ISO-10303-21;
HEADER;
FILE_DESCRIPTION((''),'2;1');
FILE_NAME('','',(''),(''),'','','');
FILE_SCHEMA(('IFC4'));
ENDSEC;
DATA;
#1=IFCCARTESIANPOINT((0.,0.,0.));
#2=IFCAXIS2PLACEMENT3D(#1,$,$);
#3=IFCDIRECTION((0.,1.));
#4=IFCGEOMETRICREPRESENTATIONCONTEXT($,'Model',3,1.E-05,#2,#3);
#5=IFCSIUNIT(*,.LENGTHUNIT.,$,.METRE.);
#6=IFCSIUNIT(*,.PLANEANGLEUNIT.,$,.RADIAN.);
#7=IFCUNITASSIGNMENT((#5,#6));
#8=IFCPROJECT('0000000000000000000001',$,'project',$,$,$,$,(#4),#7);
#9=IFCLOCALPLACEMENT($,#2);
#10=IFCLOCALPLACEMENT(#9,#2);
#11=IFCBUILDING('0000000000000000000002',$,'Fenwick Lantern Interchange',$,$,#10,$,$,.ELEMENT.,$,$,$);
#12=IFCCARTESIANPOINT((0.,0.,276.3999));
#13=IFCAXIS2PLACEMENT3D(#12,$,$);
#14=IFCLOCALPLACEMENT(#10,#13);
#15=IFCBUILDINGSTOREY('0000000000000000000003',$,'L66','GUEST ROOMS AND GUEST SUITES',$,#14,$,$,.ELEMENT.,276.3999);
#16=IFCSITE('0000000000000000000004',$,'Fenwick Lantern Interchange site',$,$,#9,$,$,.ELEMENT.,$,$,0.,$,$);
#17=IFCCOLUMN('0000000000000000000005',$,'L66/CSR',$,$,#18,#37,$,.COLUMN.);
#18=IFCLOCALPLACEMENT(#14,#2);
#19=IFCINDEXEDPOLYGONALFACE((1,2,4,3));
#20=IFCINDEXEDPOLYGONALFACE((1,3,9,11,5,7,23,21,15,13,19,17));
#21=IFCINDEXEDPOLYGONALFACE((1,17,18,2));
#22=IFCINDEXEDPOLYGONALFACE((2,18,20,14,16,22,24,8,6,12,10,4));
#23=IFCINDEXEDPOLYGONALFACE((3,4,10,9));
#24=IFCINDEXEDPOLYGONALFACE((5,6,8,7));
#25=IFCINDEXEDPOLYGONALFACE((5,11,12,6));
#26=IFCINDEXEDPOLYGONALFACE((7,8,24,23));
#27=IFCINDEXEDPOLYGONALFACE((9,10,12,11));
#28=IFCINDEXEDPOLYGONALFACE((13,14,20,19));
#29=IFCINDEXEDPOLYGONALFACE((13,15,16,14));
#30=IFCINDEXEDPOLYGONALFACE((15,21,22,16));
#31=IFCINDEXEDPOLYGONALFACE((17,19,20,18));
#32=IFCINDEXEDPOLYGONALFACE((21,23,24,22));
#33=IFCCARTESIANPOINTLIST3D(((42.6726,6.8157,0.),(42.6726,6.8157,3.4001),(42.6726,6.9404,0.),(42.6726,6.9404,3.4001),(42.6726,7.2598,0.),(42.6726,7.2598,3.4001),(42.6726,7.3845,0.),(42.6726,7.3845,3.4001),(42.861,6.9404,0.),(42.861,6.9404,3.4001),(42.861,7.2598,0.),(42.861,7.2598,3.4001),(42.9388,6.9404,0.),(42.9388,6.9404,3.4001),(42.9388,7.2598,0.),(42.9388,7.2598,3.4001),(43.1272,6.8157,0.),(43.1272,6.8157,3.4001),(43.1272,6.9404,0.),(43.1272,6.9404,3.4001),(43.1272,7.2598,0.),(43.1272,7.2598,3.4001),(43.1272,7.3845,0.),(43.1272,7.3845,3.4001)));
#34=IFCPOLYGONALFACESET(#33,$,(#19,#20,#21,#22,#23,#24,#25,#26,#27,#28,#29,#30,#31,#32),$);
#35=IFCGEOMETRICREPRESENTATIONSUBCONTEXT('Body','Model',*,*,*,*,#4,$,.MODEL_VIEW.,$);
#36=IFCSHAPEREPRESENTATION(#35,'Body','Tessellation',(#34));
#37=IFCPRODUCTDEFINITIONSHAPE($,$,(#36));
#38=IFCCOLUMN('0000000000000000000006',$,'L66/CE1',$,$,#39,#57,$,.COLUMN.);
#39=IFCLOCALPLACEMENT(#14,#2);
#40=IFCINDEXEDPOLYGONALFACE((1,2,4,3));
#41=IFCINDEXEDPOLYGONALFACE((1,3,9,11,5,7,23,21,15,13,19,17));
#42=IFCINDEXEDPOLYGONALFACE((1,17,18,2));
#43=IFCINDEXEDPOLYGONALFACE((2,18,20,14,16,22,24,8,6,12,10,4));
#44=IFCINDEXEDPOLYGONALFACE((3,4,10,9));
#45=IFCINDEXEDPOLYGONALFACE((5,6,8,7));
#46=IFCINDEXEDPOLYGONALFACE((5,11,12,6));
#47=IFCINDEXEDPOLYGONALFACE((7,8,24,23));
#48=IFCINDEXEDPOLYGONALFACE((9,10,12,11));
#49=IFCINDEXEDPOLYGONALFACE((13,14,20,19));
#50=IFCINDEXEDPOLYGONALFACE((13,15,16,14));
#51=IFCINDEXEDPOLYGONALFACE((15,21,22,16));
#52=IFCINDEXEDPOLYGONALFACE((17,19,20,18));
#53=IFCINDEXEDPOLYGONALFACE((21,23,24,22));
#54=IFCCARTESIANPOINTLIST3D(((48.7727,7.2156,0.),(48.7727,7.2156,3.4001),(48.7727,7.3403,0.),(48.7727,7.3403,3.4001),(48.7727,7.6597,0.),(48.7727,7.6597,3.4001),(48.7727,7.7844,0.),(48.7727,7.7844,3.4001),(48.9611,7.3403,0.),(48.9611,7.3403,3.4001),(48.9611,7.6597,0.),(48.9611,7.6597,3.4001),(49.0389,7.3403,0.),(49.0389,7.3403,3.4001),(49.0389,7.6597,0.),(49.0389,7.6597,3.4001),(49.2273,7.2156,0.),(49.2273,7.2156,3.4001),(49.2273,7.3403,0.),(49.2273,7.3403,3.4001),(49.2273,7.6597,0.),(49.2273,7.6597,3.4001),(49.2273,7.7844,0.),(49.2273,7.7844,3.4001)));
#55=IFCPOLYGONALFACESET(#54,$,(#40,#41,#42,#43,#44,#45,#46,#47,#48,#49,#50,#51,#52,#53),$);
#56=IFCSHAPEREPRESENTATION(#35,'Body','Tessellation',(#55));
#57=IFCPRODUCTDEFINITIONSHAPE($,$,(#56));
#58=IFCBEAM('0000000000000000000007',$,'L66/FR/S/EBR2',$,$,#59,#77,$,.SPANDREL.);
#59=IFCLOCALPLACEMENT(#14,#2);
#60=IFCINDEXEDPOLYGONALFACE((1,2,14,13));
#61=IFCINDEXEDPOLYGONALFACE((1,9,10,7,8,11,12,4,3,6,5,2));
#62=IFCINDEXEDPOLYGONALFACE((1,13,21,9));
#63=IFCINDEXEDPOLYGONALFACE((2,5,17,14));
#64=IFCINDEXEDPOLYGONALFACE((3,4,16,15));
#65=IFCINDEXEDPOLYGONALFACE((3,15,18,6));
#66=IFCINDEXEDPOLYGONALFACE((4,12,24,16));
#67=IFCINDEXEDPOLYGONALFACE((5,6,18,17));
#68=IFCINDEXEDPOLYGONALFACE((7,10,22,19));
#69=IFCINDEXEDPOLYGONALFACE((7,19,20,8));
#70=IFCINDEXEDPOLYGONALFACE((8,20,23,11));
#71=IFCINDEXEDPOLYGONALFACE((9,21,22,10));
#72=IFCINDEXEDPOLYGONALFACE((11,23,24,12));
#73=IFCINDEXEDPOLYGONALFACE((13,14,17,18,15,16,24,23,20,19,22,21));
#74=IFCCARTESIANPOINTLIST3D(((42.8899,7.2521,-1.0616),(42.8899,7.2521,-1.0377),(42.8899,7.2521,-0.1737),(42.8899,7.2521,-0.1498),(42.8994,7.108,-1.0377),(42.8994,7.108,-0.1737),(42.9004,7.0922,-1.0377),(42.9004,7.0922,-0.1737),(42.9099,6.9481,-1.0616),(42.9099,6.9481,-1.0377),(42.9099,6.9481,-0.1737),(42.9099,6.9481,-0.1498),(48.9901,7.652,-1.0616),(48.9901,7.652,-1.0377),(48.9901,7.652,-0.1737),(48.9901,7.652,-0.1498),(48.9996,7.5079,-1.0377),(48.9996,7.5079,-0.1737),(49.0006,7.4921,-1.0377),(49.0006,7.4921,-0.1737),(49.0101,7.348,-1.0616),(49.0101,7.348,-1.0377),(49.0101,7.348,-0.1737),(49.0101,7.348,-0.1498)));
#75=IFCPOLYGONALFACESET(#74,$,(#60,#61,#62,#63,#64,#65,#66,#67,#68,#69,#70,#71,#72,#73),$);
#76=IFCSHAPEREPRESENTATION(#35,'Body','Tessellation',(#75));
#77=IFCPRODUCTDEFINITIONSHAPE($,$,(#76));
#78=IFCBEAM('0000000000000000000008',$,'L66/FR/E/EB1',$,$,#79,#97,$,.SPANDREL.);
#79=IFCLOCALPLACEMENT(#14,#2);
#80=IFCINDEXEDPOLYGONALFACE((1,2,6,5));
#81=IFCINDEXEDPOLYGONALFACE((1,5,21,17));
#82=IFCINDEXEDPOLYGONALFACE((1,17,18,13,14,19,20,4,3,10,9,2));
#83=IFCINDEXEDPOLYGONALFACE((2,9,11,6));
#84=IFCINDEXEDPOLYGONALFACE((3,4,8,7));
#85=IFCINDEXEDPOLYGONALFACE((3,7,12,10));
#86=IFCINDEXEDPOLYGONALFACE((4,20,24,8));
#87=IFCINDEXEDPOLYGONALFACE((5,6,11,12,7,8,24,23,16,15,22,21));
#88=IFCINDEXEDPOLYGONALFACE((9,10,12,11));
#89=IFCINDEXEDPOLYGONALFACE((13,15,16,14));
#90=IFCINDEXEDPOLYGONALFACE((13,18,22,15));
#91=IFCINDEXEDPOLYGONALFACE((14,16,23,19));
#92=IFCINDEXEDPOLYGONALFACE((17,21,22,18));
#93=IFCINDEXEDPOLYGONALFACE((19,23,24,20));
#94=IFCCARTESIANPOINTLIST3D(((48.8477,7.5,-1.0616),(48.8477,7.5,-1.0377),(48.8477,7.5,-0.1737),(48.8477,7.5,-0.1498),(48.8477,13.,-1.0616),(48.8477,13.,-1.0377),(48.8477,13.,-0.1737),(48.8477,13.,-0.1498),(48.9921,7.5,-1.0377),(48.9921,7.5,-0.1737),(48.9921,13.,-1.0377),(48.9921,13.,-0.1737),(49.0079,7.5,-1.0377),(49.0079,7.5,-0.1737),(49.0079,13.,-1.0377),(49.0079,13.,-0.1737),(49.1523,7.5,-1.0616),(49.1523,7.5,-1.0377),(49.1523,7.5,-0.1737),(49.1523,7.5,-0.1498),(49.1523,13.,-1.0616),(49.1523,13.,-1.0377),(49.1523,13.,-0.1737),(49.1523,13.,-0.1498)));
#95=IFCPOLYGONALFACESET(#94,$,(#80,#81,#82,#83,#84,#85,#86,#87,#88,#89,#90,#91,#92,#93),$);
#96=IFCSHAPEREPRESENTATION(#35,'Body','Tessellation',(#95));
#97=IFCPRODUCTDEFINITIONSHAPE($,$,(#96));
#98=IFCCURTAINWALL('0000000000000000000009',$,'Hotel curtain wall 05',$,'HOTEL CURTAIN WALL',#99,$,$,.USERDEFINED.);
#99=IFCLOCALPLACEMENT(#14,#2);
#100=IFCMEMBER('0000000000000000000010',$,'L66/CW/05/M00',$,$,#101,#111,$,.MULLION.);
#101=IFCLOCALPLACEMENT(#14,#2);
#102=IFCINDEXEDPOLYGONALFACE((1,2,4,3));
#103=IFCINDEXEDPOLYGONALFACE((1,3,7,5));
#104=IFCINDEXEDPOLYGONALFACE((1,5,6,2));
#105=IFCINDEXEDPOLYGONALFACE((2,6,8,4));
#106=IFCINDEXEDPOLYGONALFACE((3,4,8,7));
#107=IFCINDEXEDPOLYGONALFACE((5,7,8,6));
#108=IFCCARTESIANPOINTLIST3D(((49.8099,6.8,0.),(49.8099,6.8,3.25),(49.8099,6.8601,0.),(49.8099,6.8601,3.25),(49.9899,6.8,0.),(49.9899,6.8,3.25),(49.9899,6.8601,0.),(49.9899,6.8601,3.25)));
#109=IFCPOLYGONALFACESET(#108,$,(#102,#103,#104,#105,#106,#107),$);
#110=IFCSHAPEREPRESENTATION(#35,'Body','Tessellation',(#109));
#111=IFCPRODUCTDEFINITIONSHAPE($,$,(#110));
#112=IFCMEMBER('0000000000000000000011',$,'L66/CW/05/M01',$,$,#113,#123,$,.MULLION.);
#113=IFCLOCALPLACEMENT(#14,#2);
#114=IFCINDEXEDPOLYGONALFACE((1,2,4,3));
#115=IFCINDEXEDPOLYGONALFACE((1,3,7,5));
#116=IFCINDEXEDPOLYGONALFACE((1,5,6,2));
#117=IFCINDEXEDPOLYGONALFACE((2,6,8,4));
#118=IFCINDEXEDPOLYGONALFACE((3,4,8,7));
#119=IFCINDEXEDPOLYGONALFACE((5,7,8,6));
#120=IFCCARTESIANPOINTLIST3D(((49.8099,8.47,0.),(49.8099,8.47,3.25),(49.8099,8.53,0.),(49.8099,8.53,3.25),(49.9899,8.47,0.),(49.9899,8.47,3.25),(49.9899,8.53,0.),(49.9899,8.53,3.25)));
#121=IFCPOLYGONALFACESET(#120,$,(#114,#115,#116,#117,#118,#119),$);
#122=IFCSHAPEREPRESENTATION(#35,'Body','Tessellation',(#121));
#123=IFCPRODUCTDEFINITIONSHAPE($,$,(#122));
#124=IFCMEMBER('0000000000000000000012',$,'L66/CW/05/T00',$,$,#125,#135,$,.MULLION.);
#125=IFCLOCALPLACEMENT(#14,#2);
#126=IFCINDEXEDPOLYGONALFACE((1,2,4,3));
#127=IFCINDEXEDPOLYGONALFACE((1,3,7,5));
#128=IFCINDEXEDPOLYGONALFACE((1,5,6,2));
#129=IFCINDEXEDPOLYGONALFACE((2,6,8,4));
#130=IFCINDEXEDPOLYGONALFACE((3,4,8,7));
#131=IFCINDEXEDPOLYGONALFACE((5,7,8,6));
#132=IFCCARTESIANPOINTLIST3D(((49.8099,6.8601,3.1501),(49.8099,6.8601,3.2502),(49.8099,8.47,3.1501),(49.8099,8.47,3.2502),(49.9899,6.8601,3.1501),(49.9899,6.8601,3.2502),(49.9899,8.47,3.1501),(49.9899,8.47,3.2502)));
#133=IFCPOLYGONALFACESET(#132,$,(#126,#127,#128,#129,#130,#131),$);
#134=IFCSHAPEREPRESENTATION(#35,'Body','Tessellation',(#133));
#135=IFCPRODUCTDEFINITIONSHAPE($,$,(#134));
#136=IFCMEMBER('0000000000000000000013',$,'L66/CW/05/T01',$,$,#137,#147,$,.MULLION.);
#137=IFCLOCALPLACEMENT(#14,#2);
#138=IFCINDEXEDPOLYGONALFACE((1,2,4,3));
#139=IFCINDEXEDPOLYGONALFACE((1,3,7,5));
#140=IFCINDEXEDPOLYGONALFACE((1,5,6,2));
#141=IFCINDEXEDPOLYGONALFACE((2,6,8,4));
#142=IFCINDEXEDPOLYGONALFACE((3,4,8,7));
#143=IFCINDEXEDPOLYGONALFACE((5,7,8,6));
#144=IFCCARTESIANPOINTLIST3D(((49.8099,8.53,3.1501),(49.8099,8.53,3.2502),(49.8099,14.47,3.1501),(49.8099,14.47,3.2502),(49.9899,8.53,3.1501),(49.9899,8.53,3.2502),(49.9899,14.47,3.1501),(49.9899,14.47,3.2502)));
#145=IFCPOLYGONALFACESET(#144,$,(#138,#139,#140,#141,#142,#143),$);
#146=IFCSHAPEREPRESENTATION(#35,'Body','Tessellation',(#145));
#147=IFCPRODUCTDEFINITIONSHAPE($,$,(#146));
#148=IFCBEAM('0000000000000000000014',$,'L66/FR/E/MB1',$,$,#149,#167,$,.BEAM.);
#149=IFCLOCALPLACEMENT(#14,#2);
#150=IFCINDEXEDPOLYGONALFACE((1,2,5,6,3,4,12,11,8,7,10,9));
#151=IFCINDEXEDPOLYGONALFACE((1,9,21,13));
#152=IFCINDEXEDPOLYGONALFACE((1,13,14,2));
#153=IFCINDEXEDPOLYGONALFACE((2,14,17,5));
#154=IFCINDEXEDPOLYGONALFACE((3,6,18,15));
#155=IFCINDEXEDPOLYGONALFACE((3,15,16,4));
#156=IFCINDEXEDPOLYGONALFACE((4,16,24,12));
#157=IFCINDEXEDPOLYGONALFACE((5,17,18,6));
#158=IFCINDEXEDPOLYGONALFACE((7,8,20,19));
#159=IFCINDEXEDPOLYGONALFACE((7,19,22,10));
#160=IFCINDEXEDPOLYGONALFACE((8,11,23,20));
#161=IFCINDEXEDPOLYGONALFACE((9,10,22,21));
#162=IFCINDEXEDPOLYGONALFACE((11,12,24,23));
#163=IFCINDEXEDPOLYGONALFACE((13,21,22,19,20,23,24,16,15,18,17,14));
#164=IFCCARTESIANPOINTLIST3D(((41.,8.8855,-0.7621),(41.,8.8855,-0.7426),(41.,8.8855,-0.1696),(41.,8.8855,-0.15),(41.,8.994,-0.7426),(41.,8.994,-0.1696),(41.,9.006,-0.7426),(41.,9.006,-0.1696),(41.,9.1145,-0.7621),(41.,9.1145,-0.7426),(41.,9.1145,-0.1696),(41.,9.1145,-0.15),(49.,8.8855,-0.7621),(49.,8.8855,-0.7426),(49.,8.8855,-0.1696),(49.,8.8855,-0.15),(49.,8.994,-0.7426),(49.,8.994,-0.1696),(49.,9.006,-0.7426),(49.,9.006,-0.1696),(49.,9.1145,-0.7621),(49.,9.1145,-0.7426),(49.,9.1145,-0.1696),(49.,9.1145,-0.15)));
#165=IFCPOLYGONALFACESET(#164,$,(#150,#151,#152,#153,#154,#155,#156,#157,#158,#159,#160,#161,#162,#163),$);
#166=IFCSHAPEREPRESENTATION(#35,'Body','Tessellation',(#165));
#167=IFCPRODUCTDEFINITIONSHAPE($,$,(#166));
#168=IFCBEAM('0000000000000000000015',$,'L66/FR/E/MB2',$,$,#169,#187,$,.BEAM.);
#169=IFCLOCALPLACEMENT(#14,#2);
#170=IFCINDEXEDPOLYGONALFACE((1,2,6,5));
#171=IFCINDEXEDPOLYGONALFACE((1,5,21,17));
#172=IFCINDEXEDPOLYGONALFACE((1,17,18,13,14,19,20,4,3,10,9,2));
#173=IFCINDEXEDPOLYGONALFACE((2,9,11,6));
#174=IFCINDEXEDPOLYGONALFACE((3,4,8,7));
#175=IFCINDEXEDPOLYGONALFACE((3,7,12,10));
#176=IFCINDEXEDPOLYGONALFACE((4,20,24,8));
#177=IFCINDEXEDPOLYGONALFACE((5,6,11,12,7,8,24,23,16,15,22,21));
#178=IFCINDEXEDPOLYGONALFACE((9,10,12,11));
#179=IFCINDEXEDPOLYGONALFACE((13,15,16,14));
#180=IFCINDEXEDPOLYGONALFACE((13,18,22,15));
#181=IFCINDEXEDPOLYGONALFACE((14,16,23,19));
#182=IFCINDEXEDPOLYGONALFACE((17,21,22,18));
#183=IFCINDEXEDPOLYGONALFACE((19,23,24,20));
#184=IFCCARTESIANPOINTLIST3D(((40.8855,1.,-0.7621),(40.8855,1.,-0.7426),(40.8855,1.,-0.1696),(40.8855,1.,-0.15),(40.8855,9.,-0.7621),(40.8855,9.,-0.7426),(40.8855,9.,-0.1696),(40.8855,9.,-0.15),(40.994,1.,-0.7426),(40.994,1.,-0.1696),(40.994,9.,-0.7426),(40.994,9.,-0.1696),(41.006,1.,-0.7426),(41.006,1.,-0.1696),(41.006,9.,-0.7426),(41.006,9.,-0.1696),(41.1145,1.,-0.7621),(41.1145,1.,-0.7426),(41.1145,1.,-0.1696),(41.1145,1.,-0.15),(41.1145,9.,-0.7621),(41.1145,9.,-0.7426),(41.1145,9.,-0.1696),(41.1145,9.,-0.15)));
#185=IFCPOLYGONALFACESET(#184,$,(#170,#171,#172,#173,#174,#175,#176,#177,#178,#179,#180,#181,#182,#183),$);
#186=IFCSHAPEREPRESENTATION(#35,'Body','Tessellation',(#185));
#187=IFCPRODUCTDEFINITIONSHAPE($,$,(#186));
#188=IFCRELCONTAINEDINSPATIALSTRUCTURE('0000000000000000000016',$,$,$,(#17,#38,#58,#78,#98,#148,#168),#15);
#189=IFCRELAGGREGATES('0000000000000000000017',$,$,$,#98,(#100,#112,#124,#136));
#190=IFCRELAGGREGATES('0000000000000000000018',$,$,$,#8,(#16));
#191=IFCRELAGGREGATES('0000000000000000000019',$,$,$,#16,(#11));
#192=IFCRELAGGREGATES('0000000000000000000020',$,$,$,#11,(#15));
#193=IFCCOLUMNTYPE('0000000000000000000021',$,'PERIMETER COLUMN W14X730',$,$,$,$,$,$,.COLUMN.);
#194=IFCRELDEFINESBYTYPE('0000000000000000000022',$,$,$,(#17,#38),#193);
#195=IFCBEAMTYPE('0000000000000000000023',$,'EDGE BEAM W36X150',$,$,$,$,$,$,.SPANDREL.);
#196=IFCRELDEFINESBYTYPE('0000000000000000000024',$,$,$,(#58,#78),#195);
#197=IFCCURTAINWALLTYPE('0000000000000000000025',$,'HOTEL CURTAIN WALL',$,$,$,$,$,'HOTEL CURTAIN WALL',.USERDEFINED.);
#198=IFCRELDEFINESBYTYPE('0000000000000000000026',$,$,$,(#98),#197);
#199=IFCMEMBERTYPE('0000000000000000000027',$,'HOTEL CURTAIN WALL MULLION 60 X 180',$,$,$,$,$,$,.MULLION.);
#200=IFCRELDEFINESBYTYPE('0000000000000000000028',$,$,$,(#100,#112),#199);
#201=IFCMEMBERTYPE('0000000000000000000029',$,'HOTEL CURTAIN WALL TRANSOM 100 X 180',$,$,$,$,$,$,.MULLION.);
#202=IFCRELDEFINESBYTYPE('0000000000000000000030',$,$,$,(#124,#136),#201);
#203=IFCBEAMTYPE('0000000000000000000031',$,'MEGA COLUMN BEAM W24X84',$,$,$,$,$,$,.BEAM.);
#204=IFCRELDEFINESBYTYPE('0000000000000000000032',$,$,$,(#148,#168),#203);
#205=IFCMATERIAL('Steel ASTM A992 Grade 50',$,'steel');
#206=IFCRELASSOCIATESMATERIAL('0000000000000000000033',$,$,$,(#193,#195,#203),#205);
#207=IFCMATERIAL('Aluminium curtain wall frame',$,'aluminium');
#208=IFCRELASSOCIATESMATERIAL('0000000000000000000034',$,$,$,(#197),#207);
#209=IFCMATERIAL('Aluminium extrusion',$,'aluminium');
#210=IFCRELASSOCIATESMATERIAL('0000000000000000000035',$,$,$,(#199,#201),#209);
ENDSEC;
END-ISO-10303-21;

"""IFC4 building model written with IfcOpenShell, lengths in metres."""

from ifc_helpers import new_model, si_unit, direction, frame, origin, origin_2d, place, context, subcontext, project, spatial, rectangle, i_section, extrude, material, material_profile, profile_set, type_object, element, aggregate, save


model = new_model("IFC4")

# Units and contexts
model_context = context("Model", 3, precision=1e-05, world=origin(), true_north=direction((0.0, 1.0)))
body_context = subcontext(model_context, "Body", "Model", "MODEL_VIEW")
ifc_project = project(units=[si_unit("LENGTHUNIT", "METRE"), si_unit("PLANEANGLEUNIT", "RADIAN")], contexts=[model_context])

# Site, building, storey
site_placement = place(None, origin())
site = spatial("IfcSite", under=ifc_project, at=site_placement, Name="Fenwick Lantern Interchange site", CompositionType="ELEMENT", RefElevation=0.0)
building_placement = place(site_placement, origin())
building = spatial("IfcBuilding", under=site, at=building_placement, Name="Fenwick Lantern Interchange", CompositionType="ELEMENT")
storey_placement = place(building_placement, frame((0.0, 0.0, 276.3999)))
storey = spatial("IfcBuildingStorey", under=building, at=storey_placement, Name="L66", Description="GUEST ROOMS AND GUEST SUITES", CompositionType="ELEMENT", Elevation=276.3999)

# Columns
ifc_material_1 = material(Name="Steel ASTM A992 Grade 50", Category="steel")
ifc_material_profile_1 = material_profile(ifc_material_1, i_section(OverallWidth=0.4546, OverallDepth=0.5688, WebThickness=0.0779, FlangeThickness=0.1248, at=origin_2d()), Name="W14X730")
ifc_profile_set_1 = profile_set([ifc_material_profile_1], Name="Steel ASTM A992 Grade 50")
column_type = type_object("IfcColumnType", Name="PERIMETER COLUMN W14X730", PredefinedType="COLUMN", material=ifc_profile_set_1)
for number, where, z_axis, x_axis, name in (
    (1, (42.8999, 7.1001, 0.0), (0.0, 0.0, 1.0), (1.0, 0.0, 0.0), "L66/CSR"),
    (2, (49.0, 7.5, 0.0), (0.0, 0.0, 1.0), (1.0, 0.0, 0.0), "L66/CE1"),
):
    element("IfcColumn", number, at=place(storey_placement, frame(where, z_axis=z_axis, x_axis=x_axis)), inside=storey, type_object=column_type, Name=name, PredefinedType="COLUMN", context=body_context, shape_type="SweptSolid", body=[
        extrude(i_section(OverallWidth=0.4546, OverallDepth=0.5688, WebThickness=0.0779, FlangeThickness=0.1248, at=origin_2d()), origin(), (0.0, 0.0, 1.0), 3.4001),
    ])

# Beams
ifc_material_profile_2 = material_profile(ifc_material_1, i_section(OverallWidth=0.3047, OverallDepth=0.9119, WebThickness=0.0159, FlangeThickness=0.0239, at=origin_2d()), Name="W36X150")
ifc_profile_set_2 = profile_set([ifc_material_profile_2], Name="Steel ASTM A992 Grade 50")
beam_type_1 = type_object("IfcBeamType", Name="EDGE BEAM W36X150", PredefinedType="SPANDREL", material=ifc_profile_set_2)
beam_1_placement = place(storey_placement, frame((42.8999, 7.1001, -0.6057), z_axis=(0.997858, 0.065416, 0.0), x_axis=(-0.065416, 0.997858, 0.0)))
element("IfcBeam", 3, at=beam_1_placement, inside=storey, type_object=beam_type_1, Name="L66/FR/S/EBR2", PredefinedType="SPANDREL", context=body_context, shape_type="SweptSolid", body=[
    extrude(i_section(OverallWidth=0.3047, OverallDepth=0.9119, WebThickness=0.0159, FlangeThickness=0.0239, at=origin_2d()), origin(), (0.0, 0.0, 1.0), 6.1133),
])
beam_2_placement = place(storey_placement, frame((49.0, 7.5, -0.6057), z_axis=(0.0, 1.0, 0.0), x_axis=(-1.0, 0.0, 0.0)))
element("IfcBeam", 4, at=beam_2_placement, inside=storey, type_object=beam_type_1, Name="L66/FR/E/EB1", PredefinedType="SPANDREL", context=body_context, shape_type="SweptSolid", body=[
    extrude(i_section(OverallWidth=0.3047, OverallDepth=0.9119, WebThickness=0.0159, FlangeThickness=0.0239, at=origin_2d()), origin(), (0.0, 0.0, 1.0), 5.5),
])

# Curtain wall, members
ifc_material_2 = material(Name="Aluminium curtain wall frame", Category="aluminium")
curtain_wall_type = type_object("IfcCurtainWallType", Name="HOTEL CURTAIN WALL", ElementType="HOTEL CURTAIN WALL", PredefinedType="USERDEFINED", material=ifc_material_2)
curtain_wall_placement = place(storey_placement, origin())
curtain_wall = element("IfcCurtainWall", 5, at=curtain_wall_placement, inside=storey, type_object=curtain_wall_type, Name="Hotel curtain wall 05", ObjectType="HOTEL CURTAIN WALL", PredefinedType="USERDEFINED")
ifc_material_3 = material(Name="Aluminium extrusion", Category="aluminium")
ifc_material_profile_3 = material_profile(ifc_material_3, rectangle(XDim=0.1799, YDim=0.0601, at=origin_2d()), Name="HOTEL CURTAIN WALL MULLION 60 X 180")
ifc_profile_set_3 = profile_set([ifc_material_profile_3], Name="Aluminium extrusion")
member_type_1 = type_object("IfcMemberType", Name="HOTEL CURTAIN WALL MULLION 60 X 180", PredefinedType="MULLION", material=ifc_profile_set_3)
member_1_placement = place(storey_placement, frame((49.8999, 6.8301, 0.0), z_axis=(0.0, 0.0, 1.0), x_axis=(-1.0, 0.0, 0.0)))
member_1 = element("IfcMember", 6, at=member_1_placement, type_object=member_type_1, Name="L66/CW/05/M00", PredefinedType="MULLION", context=body_context, shape_type="SweptSolid", body=[
    extrude(rectangle(XDim=0.1799, YDim=0.0601, at=origin_2d()), origin(), (0.0, 0.0, 1.0), 3.25),
])
member_2_placement = place(storey_placement, frame((49.8999, 8.5, 0.0), z_axis=(0.0, 0.0, 1.0), x_axis=(-1.0, 0.0, 0.0)))
member_2 = element("IfcMember", 7, at=member_2_placement, type_object=member_type_1, Name="L66/CW/05/M01", PredefinedType="MULLION", context=body_context, shape_type="SweptSolid", body=[
    extrude(rectangle(XDim=0.1799, YDim=0.0601, at=origin_2d()), origin(), (0.0, 0.0, 1.0), 3.25),
])
ifc_material_profile_4 = material_profile(ifc_material_3, rectangle(XDim=0.1799, YDim=0.1001, at=origin_2d()), Name="HOTEL CURTAIN WALL TRANSOM 100 X 180")
ifc_profile_set_4 = profile_set([ifc_material_profile_4], Name="Aluminium extrusion")
member_type_2 = type_object("IfcMemberType", Name="HOTEL CURTAIN WALL TRANSOM 100 X 180", PredefinedType="MULLION", material=ifc_profile_set_4)
member_3_placement = place(storey_placement, frame((49.8999, 6.8601, 3.2002), z_axis=(0.0, 1.0, 0.0), x_axis=(-1.0, 0.0, 0.0)))
member_3 = element("IfcMember", 8, at=member_3_placement, type_object=member_type_2, Name="L66/CW/05/T00", PredefinedType="MULLION", context=body_context, shape_type="SweptSolid", body=[
    extrude(rectangle(XDim=0.1799, YDim=0.1001, at=origin_2d()), origin(), (0.0, 0.0, 1.0), 1.6099),
])
member_4_placement = place(storey_placement, frame((49.8999, 8.53, 3.2002), z_axis=(0.0, 1.0, 0.0), x_axis=(-1.0, 0.0, 0.0)))
member_4 = element("IfcMember", 9, at=member_4_placement, type_object=member_type_2, Name="L66/CW/05/T01", PredefinedType="MULLION", context=body_context, shape_type="SweptSolid", body=[
    extrude(rectangle(XDim=0.1799, YDim=0.1001, at=origin_2d()), origin(), (0.0, 0.0, 1.0), 5.9399),
])

# Beams
ifc_material_profile_5 = material_profile(ifc_material_1, i_section(OverallWidth=0.229, OverallDepth=0.6121, WebThickness=0.012, FlangeThickness=0.0195, at=origin_2d()), Name="W24X84")
ifc_profile_set_5 = profile_set([ifc_material_profile_5], Name="Steel ASTM A992 Grade 50")
beam_type_2 = type_object("IfcBeamType", Name="MEGA COLUMN BEAM W24X84", PredefinedType="BEAM", material=ifc_profile_set_5)
for number, where, z_axis, x_axis, name in (
    (10, (41.0, 9.0, -0.4561), (1.0, 0.0, 0.0), (0.0, 1.0, 0.0), "L66/FR/E/MB1"),
    (11, (41.0, 9.0, -0.4561), (0.0, -1.0, 0.0), (1.0, 0.0, 0.0), "L66/FR/E/MB2"),
):
    element("IfcBeam", number, at=place(storey_placement, frame(where, z_axis=z_axis, x_axis=x_axis)), inside=storey, type_object=beam_type_2, Name=name, PredefinedType="BEAM", context=body_context, shape_type="SweptSolid", body=[
        extrude(i_section(OverallWidth=0.229, OverallDepth=0.6121, WebThickness=0.012, FlangeThickness=0.0195, at=origin_2d()), origin(), (0.0, 0.0, 1.0), 8.0),
    ])

aggregate(curtain_wall, [member_1, member_2, member_3, member_4])

save(model, "model.ifc")
